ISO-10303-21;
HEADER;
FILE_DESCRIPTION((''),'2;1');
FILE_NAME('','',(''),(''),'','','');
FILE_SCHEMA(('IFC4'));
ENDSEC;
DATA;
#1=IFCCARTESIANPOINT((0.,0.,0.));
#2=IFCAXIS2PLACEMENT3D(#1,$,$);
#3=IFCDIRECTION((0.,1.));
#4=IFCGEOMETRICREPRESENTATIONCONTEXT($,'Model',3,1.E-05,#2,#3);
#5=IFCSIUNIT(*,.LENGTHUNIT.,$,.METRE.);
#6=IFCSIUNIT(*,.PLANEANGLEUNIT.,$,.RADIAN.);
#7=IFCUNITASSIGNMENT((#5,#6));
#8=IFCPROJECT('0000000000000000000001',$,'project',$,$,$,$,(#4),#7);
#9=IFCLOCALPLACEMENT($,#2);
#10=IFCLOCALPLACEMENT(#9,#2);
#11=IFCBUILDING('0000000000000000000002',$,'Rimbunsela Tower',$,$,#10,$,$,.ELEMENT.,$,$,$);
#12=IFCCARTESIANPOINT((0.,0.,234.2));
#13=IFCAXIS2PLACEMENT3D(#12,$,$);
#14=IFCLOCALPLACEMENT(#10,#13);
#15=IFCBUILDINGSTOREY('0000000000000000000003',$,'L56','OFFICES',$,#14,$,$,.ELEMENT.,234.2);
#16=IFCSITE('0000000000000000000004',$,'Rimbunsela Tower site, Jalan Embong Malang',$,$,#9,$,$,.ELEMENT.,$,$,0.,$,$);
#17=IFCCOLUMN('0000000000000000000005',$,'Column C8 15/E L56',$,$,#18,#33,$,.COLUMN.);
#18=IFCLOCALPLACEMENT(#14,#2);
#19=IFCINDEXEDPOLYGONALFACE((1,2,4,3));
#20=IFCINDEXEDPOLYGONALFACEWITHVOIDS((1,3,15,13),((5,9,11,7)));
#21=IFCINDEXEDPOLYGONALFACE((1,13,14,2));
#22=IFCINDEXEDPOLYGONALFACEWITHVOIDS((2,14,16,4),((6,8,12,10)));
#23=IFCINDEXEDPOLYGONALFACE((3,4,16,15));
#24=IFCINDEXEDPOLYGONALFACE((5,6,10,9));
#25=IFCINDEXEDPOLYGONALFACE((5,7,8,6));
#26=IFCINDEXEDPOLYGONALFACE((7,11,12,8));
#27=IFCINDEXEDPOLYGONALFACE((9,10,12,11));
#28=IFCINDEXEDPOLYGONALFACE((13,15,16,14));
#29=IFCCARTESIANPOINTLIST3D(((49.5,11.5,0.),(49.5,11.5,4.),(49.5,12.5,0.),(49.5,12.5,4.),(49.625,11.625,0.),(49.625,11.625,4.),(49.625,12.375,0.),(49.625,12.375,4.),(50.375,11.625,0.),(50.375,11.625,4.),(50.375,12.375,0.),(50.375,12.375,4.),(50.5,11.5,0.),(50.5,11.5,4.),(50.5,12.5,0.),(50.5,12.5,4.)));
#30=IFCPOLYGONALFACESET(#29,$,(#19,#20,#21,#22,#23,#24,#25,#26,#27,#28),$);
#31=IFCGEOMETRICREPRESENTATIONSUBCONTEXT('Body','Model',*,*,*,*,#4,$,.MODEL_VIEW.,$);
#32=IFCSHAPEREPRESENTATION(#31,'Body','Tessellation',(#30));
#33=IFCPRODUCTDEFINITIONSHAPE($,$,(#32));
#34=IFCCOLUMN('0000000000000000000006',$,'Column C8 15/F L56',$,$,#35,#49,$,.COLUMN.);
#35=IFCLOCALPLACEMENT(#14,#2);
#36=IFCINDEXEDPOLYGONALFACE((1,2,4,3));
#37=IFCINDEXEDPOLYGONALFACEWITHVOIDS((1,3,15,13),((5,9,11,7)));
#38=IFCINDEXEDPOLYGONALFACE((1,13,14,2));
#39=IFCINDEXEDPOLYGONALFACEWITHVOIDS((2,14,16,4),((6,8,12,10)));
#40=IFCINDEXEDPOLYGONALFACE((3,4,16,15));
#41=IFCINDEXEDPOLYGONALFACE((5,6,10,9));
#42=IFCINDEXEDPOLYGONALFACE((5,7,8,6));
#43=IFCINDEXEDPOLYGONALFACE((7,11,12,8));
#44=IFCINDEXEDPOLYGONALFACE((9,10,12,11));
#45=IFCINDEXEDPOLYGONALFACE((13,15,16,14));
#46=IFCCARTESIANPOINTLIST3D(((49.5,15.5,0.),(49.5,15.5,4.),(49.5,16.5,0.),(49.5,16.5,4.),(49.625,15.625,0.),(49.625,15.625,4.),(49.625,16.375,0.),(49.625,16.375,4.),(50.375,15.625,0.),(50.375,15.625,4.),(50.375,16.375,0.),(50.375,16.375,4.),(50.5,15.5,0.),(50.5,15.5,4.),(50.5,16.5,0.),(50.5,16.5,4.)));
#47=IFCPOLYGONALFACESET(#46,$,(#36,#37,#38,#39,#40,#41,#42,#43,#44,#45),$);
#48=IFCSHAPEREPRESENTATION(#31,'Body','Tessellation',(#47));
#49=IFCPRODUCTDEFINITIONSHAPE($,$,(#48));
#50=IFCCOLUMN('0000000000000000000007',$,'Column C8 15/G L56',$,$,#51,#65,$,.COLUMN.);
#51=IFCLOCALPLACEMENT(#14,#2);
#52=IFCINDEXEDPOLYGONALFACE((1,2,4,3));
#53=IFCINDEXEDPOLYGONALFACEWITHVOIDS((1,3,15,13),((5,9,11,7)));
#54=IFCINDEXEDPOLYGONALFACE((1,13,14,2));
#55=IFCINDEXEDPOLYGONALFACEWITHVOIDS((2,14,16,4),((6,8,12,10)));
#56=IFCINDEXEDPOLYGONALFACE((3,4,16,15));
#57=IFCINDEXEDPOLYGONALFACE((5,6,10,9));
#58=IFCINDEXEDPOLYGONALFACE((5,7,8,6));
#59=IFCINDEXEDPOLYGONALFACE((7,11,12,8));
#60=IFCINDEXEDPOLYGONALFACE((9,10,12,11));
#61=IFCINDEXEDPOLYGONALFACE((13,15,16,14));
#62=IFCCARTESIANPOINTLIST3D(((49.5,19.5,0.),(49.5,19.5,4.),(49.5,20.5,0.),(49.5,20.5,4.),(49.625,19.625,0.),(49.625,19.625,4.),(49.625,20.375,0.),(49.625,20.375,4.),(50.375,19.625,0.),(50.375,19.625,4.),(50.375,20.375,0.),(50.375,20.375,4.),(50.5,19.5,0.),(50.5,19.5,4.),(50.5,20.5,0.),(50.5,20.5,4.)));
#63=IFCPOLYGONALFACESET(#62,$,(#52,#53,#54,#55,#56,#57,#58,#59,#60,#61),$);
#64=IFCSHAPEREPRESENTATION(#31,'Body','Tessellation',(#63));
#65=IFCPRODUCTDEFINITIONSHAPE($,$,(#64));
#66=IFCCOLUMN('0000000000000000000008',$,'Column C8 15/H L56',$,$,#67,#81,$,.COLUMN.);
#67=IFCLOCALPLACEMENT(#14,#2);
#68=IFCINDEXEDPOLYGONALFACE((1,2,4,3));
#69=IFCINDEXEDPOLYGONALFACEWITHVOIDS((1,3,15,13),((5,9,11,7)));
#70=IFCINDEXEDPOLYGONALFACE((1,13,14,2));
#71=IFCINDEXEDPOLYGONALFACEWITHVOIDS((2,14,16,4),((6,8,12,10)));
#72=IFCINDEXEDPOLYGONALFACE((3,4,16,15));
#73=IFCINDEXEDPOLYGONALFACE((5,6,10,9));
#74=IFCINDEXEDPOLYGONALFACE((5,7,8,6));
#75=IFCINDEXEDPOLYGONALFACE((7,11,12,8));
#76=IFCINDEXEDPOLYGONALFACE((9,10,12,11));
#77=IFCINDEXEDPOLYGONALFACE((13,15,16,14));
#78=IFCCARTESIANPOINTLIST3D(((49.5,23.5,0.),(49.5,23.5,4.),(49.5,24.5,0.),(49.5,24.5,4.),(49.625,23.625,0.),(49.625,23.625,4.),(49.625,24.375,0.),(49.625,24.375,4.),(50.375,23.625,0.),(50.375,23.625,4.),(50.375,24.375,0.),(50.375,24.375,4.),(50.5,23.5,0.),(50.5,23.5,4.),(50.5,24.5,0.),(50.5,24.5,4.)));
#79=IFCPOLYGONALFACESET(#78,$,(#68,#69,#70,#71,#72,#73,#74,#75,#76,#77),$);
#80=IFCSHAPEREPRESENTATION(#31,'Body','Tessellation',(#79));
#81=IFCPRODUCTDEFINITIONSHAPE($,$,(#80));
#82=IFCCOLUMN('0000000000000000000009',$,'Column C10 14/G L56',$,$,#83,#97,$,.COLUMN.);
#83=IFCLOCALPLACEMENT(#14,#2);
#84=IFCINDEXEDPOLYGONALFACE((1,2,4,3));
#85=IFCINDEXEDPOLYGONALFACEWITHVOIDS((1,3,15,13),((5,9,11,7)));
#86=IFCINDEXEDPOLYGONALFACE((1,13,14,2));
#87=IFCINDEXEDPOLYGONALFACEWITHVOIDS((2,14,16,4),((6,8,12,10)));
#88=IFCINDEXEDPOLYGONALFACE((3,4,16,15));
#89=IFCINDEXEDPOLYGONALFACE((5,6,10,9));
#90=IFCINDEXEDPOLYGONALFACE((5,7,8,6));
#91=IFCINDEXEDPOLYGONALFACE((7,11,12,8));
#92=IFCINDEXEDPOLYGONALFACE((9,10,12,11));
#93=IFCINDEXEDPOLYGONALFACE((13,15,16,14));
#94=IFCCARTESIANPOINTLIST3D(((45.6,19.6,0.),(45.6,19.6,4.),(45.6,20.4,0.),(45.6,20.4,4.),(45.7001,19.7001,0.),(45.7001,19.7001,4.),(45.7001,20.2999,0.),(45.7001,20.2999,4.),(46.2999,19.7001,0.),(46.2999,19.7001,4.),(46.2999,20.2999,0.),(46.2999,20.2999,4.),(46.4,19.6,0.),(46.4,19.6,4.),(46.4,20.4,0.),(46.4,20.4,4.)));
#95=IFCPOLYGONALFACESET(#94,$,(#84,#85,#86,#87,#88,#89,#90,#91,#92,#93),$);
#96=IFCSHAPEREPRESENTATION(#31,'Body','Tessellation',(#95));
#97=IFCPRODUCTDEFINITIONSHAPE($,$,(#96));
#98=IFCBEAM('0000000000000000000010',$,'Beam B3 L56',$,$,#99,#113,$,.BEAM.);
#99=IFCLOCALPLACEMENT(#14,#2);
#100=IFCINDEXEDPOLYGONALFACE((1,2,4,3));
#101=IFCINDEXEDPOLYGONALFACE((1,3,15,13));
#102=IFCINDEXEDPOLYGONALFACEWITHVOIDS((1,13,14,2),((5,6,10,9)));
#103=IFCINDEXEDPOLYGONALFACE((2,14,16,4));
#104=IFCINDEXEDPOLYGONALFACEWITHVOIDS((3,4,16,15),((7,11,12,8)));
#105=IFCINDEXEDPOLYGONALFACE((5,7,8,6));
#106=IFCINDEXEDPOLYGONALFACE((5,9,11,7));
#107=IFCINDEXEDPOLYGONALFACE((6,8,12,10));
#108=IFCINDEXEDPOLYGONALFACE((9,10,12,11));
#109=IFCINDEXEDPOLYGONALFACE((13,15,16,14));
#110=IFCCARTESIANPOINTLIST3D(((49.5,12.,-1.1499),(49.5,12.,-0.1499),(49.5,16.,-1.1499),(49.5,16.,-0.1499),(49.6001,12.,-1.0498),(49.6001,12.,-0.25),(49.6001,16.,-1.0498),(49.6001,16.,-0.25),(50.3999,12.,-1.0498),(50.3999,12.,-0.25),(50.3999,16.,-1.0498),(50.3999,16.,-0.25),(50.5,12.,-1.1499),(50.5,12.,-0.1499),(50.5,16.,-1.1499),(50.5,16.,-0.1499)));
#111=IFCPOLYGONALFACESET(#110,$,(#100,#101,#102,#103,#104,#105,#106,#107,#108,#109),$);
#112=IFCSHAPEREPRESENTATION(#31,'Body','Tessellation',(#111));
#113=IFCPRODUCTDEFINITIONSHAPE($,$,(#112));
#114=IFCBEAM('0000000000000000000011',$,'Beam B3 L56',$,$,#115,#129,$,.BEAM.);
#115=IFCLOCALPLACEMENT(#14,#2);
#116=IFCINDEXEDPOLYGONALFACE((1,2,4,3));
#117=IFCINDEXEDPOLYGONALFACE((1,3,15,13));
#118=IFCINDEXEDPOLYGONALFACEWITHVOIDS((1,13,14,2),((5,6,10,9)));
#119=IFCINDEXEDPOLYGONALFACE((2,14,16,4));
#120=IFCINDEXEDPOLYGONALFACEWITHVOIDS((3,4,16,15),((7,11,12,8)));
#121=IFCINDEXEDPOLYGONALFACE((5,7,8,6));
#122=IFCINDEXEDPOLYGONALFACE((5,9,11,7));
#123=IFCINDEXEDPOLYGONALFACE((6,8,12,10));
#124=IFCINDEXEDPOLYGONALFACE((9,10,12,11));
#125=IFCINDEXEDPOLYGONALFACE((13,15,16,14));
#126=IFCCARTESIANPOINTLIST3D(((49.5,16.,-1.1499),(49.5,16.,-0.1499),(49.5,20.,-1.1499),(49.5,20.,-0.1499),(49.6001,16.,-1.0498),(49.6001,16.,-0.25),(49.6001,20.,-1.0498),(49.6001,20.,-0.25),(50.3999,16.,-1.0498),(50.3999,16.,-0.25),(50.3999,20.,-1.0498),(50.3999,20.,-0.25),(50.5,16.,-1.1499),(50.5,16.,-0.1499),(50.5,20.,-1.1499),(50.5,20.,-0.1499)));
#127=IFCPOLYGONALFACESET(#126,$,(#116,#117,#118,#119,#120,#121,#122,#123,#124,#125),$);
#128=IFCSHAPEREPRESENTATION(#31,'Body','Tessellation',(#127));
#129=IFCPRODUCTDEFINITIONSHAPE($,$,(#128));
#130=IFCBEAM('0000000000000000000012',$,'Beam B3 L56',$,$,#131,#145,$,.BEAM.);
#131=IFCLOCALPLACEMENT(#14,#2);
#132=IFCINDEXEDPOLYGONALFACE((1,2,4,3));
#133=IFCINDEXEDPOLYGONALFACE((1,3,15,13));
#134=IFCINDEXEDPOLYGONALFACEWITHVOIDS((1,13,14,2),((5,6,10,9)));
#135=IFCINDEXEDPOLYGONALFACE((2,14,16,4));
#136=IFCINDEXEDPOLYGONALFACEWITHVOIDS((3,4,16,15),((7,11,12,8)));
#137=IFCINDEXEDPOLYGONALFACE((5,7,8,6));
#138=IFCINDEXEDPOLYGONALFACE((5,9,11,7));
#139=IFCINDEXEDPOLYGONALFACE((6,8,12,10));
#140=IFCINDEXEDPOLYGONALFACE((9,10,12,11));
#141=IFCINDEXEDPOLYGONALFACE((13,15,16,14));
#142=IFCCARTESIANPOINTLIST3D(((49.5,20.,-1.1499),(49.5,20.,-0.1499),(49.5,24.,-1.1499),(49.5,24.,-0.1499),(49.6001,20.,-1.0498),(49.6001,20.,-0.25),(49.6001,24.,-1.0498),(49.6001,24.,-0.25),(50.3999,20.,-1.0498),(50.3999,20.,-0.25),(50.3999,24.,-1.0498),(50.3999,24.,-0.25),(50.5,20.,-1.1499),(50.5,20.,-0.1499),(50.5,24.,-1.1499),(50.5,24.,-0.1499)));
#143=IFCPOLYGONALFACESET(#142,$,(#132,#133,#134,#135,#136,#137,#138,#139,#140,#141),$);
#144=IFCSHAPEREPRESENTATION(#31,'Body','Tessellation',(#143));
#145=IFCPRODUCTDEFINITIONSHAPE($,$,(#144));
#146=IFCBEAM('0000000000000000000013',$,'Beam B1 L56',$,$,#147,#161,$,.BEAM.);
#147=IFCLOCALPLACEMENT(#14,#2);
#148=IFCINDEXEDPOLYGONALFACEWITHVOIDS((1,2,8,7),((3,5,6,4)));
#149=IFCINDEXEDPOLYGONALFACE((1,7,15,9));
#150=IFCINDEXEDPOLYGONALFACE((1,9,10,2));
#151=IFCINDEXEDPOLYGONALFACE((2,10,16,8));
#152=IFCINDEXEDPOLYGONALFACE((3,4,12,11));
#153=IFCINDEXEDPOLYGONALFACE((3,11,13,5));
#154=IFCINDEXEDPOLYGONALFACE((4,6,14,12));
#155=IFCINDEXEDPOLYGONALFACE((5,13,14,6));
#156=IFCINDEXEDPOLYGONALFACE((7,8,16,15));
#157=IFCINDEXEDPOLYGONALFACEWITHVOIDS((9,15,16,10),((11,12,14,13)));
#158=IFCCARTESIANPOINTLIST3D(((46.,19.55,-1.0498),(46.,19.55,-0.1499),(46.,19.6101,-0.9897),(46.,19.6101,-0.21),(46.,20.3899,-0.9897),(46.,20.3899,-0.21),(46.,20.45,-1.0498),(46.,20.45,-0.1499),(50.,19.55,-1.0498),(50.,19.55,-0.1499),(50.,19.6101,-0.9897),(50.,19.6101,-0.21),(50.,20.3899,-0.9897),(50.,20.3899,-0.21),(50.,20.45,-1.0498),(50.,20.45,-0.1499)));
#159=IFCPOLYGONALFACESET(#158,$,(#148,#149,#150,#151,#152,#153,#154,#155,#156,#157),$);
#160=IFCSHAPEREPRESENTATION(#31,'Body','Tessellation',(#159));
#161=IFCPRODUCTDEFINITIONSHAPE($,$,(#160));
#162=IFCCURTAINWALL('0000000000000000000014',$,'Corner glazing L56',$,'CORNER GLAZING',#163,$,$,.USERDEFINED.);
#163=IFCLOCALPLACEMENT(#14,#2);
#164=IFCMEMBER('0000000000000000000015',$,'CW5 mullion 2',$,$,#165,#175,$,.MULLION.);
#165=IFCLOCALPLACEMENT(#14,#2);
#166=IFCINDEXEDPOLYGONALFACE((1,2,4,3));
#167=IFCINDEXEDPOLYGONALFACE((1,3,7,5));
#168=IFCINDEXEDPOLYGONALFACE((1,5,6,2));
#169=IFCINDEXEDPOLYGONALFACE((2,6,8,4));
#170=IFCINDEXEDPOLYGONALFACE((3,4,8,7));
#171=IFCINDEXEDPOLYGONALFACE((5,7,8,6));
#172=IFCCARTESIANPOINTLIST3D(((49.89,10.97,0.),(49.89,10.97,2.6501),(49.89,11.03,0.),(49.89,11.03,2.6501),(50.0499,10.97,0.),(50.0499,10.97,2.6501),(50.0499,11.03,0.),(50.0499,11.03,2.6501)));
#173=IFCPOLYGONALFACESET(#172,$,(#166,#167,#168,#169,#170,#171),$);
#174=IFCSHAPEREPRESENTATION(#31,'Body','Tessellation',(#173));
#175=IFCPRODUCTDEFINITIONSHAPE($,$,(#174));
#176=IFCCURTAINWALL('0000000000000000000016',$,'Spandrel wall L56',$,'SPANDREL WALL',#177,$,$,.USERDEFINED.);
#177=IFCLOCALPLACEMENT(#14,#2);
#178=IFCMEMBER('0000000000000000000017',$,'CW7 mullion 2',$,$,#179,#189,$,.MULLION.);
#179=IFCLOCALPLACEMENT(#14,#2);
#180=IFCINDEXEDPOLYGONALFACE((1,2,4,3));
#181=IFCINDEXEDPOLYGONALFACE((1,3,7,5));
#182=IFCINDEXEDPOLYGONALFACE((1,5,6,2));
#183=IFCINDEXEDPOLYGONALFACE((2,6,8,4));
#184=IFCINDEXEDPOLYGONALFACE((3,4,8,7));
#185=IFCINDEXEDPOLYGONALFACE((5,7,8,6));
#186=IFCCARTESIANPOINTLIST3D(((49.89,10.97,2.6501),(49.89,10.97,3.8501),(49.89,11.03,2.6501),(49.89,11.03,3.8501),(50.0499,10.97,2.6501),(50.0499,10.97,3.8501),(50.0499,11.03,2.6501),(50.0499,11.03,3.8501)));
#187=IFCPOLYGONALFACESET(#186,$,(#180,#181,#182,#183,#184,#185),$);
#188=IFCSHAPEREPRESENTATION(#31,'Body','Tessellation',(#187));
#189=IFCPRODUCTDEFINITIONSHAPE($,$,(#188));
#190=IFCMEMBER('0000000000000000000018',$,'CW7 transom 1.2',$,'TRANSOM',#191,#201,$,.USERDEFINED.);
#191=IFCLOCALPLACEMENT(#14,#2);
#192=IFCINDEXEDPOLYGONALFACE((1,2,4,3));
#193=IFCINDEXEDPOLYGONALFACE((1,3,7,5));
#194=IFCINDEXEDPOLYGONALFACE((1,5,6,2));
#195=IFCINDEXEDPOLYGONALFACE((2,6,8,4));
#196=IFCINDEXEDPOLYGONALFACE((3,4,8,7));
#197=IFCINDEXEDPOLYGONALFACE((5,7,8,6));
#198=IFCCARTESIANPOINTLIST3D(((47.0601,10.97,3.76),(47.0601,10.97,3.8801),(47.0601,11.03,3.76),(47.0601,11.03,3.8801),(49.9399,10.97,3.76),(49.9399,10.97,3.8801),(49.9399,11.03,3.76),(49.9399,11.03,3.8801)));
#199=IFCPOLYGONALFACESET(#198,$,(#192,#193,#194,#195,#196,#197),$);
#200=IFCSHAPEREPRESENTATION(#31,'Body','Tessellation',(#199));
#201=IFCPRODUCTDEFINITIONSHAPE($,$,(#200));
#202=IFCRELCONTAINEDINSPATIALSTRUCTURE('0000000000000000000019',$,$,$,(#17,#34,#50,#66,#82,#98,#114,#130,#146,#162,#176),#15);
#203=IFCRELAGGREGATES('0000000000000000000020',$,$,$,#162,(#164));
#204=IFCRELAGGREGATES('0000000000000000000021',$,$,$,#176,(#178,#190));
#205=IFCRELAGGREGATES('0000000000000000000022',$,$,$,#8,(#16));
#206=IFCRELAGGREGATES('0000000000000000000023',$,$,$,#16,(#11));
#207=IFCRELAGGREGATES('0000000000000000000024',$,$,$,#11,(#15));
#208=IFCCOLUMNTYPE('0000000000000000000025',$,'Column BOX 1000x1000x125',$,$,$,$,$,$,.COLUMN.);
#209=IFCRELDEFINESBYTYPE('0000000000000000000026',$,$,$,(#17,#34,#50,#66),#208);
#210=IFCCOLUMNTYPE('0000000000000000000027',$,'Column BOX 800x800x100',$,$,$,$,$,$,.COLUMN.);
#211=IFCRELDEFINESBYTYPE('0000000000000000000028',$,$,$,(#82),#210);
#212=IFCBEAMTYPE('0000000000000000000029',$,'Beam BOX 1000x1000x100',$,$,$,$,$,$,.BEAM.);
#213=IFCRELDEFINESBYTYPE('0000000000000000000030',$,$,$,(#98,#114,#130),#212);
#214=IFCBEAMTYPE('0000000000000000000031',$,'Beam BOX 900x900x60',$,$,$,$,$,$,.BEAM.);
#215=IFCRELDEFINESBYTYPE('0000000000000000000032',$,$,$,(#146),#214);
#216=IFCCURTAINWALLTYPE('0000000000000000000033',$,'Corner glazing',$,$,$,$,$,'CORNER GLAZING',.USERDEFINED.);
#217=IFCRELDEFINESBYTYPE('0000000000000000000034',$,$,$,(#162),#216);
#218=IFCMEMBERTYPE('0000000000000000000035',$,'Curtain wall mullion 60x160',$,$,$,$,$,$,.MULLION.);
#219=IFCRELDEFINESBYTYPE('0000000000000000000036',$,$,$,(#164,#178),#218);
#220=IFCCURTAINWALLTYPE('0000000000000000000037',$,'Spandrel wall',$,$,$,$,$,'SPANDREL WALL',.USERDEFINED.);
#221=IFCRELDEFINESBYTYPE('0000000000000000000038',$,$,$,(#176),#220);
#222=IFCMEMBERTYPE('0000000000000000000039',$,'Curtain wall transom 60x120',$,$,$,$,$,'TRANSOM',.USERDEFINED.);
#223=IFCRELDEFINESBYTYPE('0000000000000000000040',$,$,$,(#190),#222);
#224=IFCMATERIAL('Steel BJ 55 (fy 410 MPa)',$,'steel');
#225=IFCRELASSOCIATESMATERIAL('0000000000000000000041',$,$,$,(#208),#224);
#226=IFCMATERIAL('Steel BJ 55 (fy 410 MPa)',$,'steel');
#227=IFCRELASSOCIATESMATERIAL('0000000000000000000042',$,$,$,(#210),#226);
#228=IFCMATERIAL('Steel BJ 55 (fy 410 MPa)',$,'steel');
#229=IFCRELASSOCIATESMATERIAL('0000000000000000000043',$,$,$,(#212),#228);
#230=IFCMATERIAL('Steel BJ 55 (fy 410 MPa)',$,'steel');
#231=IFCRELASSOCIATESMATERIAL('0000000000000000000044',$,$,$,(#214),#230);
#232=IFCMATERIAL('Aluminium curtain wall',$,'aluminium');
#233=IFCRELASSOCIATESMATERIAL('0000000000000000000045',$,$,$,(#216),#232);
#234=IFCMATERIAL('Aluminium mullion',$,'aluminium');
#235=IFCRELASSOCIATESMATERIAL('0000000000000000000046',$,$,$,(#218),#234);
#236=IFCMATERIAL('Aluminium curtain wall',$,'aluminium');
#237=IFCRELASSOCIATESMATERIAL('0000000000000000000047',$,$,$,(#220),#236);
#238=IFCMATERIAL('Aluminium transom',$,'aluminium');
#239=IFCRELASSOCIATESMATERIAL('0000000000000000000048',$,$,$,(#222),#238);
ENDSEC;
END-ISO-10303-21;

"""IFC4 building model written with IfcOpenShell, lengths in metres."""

from ifc_helpers import new_model, si_unit, direction, frame, origin, origin_2d, place, context, subcontext, project, spatial, rectangle, hollow_rectangle, extrude, material, material_profile, profile_set, type_object, element, aggregate, save


model = new_model("IFC4")

# Units and contexts
model_context = context("Model", 3, precision=1e-05, world=origin(), true_north=direction((0.0, 1.0)))
body_context = subcontext(model_context, "Body", "Model", "MODEL_VIEW")
ifc_project = project(units=[si_unit("LENGTHUNIT", "METRE"), si_unit("PLANEANGLEUNIT", "RADIAN")], contexts=[model_context])

# Site, building, storey
site_placement = place(None, origin())
site = spatial("IfcSite", under=ifc_project, at=site_placement, Name="Rimbunsela Tower site, Jalan Embong Malang", CompositionType="ELEMENT", RefElevation=0.0)
building_placement = place(site_placement, origin())
building = spatial("IfcBuilding", under=site, at=building_placement, Name="Rimbunsela Tower", CompositionType="ELEMENT")
storey_placement = place(building_placement, frame((0.0, 0.0, 234.2)))
storey = spatial("IfcBuildingStorey", under=building, at=storey_placement, Name="L56", Description="OFFICES", CompositionType="ELEMENT", Elevation=234.2)

# Columns
ifc_material_1 = material(Name="Steel BJ 55 (fy 410 MPa)", Category="steel")
ifc_material_profile_1 = material_profile(ifc_material_1, hollow_rectangle(XDim=1.0, YDim=1.0, WallThickness=0.125, at=origin_2d()), Name="BOX 1000x1000x125")
ifc_profile_set_1 = profile_set([ifc_material_profile_1], Name="Steel BJ 55 (fy 410 MPa)")
column_type_1 = type_object("IfcColumnType", Name="Column BOX 1000x1000x125", PredefinedType="COLUMN", material=ifc_profile_set_1)
for number, where, z_axis, x_axis, name in (
    (1, (50.0, 12.0, 0.0), (0.0, 0.0, 1.0), (1.0, 0.0, 0.0), "Column C8 15/E L56"),
    (2, (50.0, 16.0, 0.0), (0.0, 0.0, 1.0), (1.0, 0.0, 0.0), "Column C8 15/F L56"),
    (3, (50.0, 20.0, 0.0), (0.0, 0.0, 1.0), (1.0, 0.0, 0.0), "Column C8 15/G L56"),
    (4, (50.0, 24.0, 0.0), (0.0, 0.0, 1.0), (1.0, 0.0, 0.0), "Column C8 15/H L56"),
):
    element("IfcColumn", number, at=place(storey_placement, frame(where, z_axis=z_axis, x_axis=x_axis)), inside=storey, type_object=column_type_1, Name=name, PredefinedType="COLUMN", context=body_context, shape_type="SweptSolid", body=[
        extrude(hollow_rectangle(XDim=1.0, YDim=1.0, WallThickness=0.125, at=origin_2d()), origin(), (0.0, 0.0, 1.0), 4.0),
    ])
ifc_material_2 = material(Name="Steel BJ 55 (fy 410 MPa)", Category="steel")
ifc_material_profile_2 = material_profile(ifc_material_2, hollow_rectangle(XDim=0.8, YDim=0.8, WallThickness=0.1001, at=origin_2d()), Name="BOX 800x800x100")
ifc_profile_set_2 = profile_set([ifc_material_profile_2], Name="Steel BJ 55 (fy 410 MPa)")
column_type_2 = type_object("IfcColumnType", Name="Column BOX 800x800x100", PredefinedType="COLUMN", material=ifc_profile_set_2)
column_placement = place(storey_placement, frame((46.0, 20.0, 0.0), z_axis=(0.0, 0.0, 1.0), x_axis=(1.0, 0.0, 0.0)))
element("IfcColumn", 5, at=column_placement, inside=storey, type_object=column_type_2, Name="Column C10 14/G L56", PredefinedType="COLUMN", context=body_context, shape_type="SweptSolid", body=[
    extrude(hollow_rectangle(XDim=0.8, YDim=0.8, WallThickness=0.1001, at=origin_2d()), origin(), (0.0, 0.0, 1.0), 4.0),
])

# Beams
ifc_material_3 = material(Name="Steel BJ 55 (fy 410 MPa)", Category="steel")
ifc_material_profile_3 = material_profile(ifc_material_3, hollow_rectangle(XDim=1.0, YDim=1.0, WallThickness=0.1001, at=origin_2d()), Name="BOX 1000x1000x100")
ifc_profile_set_3 = profile_set([ifc_material_profile_3], Name="Steel BJ 55 (fy 410 MPa)")
beam_type_1 = type_object("IfcBeamType", Name="Beam BOX 1000x1000x100", PredefinedType="BEAM", material=ifc_profile_set_3)
for number, where, z_axis, x_axis, name in (
    (6, (50.0, 12.0, -0.6499), (0.0, 1.0, 0.0), (-1.0, 0.0, 0.0), "Beam B3 L56"),
    (7, (50.0, 16.0, -0.6499), (0.0, 1.0, 0.0), (-1.0, 0.0, 0.0), "Beam B3 L56"),
    (8, (50.0, 20.0, -0.6499), (0.0, 1.0, 0.0), (-1.0, 0.0, 0.0), "Beam B3 L56"),
):
    element("IfcBeam", number, at=place(storey_placement, frame(where, z_axis=z_axis, x_axis=x_axis)), inside=storey, type_object=beam_type_1, Name=name, PredefinedType="BEAM", context=body_context, shape_type="SweptSolid", body=[
        extrude(hollow_rectangle(XDim=1.0, YDim=1.0, WallThickness=0.1001, at=origin_2d()), origin(), (0.0, 0.0, 1.0), 4.0),
    ])
ifc_material_4 = material(Name="Steel BJ 55 (fy 410 MPa)", Category="steel")
ifc_material_profile_4 = material_profile(ifc_material_4, hollow_rectangle(XDim=0.8999, YDim=0.8999, WallThickness=0.0601, at=origin_2d()), Name="BOX 900x900x60")
ifc_profile_set_4 = profile_set([ifc_material_profile_4], Name="Steel BJ 55 (fy 410 MPa)")
beam_type_2 = type_object("IfcBeamType", Name="Beam BOX 900x900x60", PredefinedType="BEAM", material=ifc_profile_set_4)
beam_placement = place(storey_placement, frame((46.0, 20.0, -0.5999), z_axis=(1.0, 0.0, 0.0), x_axis=(0.0, 1.0, 0.0)))
element("IfcBeam", 9, at=beam_placement, inside=storey, type_object=beam_type_2, Name="Beam B1 L56", PredefinedType="BEAM", context=body_context, shape_type="SweptSolid", body=[
    extrude(hollow_rectangle(XDim=0.8999, YDim=0.8999, WallThickness=0.0601, at=origin_2d()), origin(), (0.0, 0.0, 1.0), 4.0),
])

# Curtain wall, member
ifc_material_5 = material(Name="Aluminium curtain wall", Category="aluminium")
curtain_wall_type_1 = type_object("IfcCurtainWallType", Name="Corner glazing", ElementType="CORNER GLAZING", PredefinedType="USERDEFINED", material=ifc_material_5)
curtain_wall_1_placement = place(storey_placement, origin())
curtain_wall_1 = element("IfcCurtainWall", 10, at=curtain_wall_1_placement, inside=storey, type_object=curtain_wall_type_1, Name="Corner glazing L56", ObjectType="CORNER GLAZING", PredefinedType="USERDEFINED")
ifc_material_6 = material(Name="Aluminium mullion", Category="aluminium")
ifc_material_profile_5 = material_profile(ifc_material_6, rectangle(XDim=0.0601, YDim=0.1599, at=origin_2d()), Name="Mullion 60x160")
ifc_profile_set_5 = profile_set([ifc_material_profile_5], Name="Aluminium mullion")
member_type_1 = type_object("IfcMemberType", Name="Curtain wall mullion 60x160", PredefinedType="MULLION", material=ifc_profile_set_5)
member_1_placement = place(storey_placement, frame((49.97, 11.0, 0.0), z_axis=(0.0, 0.0, 1.0), x_axis=(0.0, 1.0, 0.0)))
member_1 = element("IfcMember", 11, at=member_1_placement, type_object=member_type_1, Name="CW5 mullion 2", PredefinedType="MULLION", context=body_context, shape_type="SweptSolid", body=[
    extrude(rectangle(XDim=0.0601, YDim=0.1599, at=origin_2d()), origin(), (0.0, 0.0, 1.0), 2.6501),
])

# Curtain wall, members
ifc_material_7 = material(Name="Aluminium curtain wall", Category="aluminium")
curtain_wall_type_2 = type_object("IfcCurtainWallType", Name="Spandrel wall", ElementType="SPANDREL WALL", PredefinedType="USERDEFINED", material=ifc_material_7)
curtain_wall_2_placement = place(storey_placement, origin())
curtain_wall_2 = element("IfcCurtainWall", 12, at=curtain_wall_2_placement, inside=storey, type_object=curtain_wall_type_2, Name="Spandrel wall L56", ObjectType="SPANDREL WALL", PredefinedType="USERDEFINED")
member_2_placement = place(storey_placement, frame((49.97, 11.0, 2.6501), z_axis=(0.0, 0.0, 1.0), x_axis=(0.0, 1.0, 0.0)))
member_2 = element("IfcMember", 13, at=member_2_placement, type_object=member_type_1, Name="CW7 mullion 2", PredefinedType="MULLION", context=body_context, shape_type="SweptSolid", body=[
    extrude(rectangle(XDim=0.0601, YDim=0.1599, at=origin_2d()), origin(), (0.0, 0.0, 1.0), 1.2),
])
ifc_material_8 = material(Name="Aluminium transom", Category="aluminium")
ifc_material_profile_6 = material_profile(ifc_material_8, rectangle(XDim=0.0601, YDim=0.1201, at=origin_2d()), Name="Transom 60x120")
ifc_profile_set_6 = profile_set([ifc_material_profile_6], Name="Aluminium transom")
member_type_2 = type_object("IfcMemberType", Name="Curtain wall transom 60x120", ElementType="TRANSOM", PredefinedType="USERDEFINED", material=ifc_profile_set_6)
member_3_placement = place(storey_placement, frame((47.0601, 11.0, 3.8201), z_axis=(1.0, 0.0, 0.0), x_axis=(0.0, 1.0, 0.0)))
member_3 = element("IfcMember", 14, at=member_3_placement, type_object=member_type_2, Name="CW7 transom 1.2", ObjectType="TRANSOM", PredefinedType="USERDEFINED", context=body_context, shape_type="SweptSolid", body=[
    extrude(rectangle(XDim=0.0601, YDim=0.1201, at=origin_2d()), origin(), (0.0, 0.0, 1.0), 2.8799),
])

aggregate(curtain_wall_1, [member_1])
aggregate(curtain_wall_2, [member_2, member_3])

save(model, "model.ifc")
